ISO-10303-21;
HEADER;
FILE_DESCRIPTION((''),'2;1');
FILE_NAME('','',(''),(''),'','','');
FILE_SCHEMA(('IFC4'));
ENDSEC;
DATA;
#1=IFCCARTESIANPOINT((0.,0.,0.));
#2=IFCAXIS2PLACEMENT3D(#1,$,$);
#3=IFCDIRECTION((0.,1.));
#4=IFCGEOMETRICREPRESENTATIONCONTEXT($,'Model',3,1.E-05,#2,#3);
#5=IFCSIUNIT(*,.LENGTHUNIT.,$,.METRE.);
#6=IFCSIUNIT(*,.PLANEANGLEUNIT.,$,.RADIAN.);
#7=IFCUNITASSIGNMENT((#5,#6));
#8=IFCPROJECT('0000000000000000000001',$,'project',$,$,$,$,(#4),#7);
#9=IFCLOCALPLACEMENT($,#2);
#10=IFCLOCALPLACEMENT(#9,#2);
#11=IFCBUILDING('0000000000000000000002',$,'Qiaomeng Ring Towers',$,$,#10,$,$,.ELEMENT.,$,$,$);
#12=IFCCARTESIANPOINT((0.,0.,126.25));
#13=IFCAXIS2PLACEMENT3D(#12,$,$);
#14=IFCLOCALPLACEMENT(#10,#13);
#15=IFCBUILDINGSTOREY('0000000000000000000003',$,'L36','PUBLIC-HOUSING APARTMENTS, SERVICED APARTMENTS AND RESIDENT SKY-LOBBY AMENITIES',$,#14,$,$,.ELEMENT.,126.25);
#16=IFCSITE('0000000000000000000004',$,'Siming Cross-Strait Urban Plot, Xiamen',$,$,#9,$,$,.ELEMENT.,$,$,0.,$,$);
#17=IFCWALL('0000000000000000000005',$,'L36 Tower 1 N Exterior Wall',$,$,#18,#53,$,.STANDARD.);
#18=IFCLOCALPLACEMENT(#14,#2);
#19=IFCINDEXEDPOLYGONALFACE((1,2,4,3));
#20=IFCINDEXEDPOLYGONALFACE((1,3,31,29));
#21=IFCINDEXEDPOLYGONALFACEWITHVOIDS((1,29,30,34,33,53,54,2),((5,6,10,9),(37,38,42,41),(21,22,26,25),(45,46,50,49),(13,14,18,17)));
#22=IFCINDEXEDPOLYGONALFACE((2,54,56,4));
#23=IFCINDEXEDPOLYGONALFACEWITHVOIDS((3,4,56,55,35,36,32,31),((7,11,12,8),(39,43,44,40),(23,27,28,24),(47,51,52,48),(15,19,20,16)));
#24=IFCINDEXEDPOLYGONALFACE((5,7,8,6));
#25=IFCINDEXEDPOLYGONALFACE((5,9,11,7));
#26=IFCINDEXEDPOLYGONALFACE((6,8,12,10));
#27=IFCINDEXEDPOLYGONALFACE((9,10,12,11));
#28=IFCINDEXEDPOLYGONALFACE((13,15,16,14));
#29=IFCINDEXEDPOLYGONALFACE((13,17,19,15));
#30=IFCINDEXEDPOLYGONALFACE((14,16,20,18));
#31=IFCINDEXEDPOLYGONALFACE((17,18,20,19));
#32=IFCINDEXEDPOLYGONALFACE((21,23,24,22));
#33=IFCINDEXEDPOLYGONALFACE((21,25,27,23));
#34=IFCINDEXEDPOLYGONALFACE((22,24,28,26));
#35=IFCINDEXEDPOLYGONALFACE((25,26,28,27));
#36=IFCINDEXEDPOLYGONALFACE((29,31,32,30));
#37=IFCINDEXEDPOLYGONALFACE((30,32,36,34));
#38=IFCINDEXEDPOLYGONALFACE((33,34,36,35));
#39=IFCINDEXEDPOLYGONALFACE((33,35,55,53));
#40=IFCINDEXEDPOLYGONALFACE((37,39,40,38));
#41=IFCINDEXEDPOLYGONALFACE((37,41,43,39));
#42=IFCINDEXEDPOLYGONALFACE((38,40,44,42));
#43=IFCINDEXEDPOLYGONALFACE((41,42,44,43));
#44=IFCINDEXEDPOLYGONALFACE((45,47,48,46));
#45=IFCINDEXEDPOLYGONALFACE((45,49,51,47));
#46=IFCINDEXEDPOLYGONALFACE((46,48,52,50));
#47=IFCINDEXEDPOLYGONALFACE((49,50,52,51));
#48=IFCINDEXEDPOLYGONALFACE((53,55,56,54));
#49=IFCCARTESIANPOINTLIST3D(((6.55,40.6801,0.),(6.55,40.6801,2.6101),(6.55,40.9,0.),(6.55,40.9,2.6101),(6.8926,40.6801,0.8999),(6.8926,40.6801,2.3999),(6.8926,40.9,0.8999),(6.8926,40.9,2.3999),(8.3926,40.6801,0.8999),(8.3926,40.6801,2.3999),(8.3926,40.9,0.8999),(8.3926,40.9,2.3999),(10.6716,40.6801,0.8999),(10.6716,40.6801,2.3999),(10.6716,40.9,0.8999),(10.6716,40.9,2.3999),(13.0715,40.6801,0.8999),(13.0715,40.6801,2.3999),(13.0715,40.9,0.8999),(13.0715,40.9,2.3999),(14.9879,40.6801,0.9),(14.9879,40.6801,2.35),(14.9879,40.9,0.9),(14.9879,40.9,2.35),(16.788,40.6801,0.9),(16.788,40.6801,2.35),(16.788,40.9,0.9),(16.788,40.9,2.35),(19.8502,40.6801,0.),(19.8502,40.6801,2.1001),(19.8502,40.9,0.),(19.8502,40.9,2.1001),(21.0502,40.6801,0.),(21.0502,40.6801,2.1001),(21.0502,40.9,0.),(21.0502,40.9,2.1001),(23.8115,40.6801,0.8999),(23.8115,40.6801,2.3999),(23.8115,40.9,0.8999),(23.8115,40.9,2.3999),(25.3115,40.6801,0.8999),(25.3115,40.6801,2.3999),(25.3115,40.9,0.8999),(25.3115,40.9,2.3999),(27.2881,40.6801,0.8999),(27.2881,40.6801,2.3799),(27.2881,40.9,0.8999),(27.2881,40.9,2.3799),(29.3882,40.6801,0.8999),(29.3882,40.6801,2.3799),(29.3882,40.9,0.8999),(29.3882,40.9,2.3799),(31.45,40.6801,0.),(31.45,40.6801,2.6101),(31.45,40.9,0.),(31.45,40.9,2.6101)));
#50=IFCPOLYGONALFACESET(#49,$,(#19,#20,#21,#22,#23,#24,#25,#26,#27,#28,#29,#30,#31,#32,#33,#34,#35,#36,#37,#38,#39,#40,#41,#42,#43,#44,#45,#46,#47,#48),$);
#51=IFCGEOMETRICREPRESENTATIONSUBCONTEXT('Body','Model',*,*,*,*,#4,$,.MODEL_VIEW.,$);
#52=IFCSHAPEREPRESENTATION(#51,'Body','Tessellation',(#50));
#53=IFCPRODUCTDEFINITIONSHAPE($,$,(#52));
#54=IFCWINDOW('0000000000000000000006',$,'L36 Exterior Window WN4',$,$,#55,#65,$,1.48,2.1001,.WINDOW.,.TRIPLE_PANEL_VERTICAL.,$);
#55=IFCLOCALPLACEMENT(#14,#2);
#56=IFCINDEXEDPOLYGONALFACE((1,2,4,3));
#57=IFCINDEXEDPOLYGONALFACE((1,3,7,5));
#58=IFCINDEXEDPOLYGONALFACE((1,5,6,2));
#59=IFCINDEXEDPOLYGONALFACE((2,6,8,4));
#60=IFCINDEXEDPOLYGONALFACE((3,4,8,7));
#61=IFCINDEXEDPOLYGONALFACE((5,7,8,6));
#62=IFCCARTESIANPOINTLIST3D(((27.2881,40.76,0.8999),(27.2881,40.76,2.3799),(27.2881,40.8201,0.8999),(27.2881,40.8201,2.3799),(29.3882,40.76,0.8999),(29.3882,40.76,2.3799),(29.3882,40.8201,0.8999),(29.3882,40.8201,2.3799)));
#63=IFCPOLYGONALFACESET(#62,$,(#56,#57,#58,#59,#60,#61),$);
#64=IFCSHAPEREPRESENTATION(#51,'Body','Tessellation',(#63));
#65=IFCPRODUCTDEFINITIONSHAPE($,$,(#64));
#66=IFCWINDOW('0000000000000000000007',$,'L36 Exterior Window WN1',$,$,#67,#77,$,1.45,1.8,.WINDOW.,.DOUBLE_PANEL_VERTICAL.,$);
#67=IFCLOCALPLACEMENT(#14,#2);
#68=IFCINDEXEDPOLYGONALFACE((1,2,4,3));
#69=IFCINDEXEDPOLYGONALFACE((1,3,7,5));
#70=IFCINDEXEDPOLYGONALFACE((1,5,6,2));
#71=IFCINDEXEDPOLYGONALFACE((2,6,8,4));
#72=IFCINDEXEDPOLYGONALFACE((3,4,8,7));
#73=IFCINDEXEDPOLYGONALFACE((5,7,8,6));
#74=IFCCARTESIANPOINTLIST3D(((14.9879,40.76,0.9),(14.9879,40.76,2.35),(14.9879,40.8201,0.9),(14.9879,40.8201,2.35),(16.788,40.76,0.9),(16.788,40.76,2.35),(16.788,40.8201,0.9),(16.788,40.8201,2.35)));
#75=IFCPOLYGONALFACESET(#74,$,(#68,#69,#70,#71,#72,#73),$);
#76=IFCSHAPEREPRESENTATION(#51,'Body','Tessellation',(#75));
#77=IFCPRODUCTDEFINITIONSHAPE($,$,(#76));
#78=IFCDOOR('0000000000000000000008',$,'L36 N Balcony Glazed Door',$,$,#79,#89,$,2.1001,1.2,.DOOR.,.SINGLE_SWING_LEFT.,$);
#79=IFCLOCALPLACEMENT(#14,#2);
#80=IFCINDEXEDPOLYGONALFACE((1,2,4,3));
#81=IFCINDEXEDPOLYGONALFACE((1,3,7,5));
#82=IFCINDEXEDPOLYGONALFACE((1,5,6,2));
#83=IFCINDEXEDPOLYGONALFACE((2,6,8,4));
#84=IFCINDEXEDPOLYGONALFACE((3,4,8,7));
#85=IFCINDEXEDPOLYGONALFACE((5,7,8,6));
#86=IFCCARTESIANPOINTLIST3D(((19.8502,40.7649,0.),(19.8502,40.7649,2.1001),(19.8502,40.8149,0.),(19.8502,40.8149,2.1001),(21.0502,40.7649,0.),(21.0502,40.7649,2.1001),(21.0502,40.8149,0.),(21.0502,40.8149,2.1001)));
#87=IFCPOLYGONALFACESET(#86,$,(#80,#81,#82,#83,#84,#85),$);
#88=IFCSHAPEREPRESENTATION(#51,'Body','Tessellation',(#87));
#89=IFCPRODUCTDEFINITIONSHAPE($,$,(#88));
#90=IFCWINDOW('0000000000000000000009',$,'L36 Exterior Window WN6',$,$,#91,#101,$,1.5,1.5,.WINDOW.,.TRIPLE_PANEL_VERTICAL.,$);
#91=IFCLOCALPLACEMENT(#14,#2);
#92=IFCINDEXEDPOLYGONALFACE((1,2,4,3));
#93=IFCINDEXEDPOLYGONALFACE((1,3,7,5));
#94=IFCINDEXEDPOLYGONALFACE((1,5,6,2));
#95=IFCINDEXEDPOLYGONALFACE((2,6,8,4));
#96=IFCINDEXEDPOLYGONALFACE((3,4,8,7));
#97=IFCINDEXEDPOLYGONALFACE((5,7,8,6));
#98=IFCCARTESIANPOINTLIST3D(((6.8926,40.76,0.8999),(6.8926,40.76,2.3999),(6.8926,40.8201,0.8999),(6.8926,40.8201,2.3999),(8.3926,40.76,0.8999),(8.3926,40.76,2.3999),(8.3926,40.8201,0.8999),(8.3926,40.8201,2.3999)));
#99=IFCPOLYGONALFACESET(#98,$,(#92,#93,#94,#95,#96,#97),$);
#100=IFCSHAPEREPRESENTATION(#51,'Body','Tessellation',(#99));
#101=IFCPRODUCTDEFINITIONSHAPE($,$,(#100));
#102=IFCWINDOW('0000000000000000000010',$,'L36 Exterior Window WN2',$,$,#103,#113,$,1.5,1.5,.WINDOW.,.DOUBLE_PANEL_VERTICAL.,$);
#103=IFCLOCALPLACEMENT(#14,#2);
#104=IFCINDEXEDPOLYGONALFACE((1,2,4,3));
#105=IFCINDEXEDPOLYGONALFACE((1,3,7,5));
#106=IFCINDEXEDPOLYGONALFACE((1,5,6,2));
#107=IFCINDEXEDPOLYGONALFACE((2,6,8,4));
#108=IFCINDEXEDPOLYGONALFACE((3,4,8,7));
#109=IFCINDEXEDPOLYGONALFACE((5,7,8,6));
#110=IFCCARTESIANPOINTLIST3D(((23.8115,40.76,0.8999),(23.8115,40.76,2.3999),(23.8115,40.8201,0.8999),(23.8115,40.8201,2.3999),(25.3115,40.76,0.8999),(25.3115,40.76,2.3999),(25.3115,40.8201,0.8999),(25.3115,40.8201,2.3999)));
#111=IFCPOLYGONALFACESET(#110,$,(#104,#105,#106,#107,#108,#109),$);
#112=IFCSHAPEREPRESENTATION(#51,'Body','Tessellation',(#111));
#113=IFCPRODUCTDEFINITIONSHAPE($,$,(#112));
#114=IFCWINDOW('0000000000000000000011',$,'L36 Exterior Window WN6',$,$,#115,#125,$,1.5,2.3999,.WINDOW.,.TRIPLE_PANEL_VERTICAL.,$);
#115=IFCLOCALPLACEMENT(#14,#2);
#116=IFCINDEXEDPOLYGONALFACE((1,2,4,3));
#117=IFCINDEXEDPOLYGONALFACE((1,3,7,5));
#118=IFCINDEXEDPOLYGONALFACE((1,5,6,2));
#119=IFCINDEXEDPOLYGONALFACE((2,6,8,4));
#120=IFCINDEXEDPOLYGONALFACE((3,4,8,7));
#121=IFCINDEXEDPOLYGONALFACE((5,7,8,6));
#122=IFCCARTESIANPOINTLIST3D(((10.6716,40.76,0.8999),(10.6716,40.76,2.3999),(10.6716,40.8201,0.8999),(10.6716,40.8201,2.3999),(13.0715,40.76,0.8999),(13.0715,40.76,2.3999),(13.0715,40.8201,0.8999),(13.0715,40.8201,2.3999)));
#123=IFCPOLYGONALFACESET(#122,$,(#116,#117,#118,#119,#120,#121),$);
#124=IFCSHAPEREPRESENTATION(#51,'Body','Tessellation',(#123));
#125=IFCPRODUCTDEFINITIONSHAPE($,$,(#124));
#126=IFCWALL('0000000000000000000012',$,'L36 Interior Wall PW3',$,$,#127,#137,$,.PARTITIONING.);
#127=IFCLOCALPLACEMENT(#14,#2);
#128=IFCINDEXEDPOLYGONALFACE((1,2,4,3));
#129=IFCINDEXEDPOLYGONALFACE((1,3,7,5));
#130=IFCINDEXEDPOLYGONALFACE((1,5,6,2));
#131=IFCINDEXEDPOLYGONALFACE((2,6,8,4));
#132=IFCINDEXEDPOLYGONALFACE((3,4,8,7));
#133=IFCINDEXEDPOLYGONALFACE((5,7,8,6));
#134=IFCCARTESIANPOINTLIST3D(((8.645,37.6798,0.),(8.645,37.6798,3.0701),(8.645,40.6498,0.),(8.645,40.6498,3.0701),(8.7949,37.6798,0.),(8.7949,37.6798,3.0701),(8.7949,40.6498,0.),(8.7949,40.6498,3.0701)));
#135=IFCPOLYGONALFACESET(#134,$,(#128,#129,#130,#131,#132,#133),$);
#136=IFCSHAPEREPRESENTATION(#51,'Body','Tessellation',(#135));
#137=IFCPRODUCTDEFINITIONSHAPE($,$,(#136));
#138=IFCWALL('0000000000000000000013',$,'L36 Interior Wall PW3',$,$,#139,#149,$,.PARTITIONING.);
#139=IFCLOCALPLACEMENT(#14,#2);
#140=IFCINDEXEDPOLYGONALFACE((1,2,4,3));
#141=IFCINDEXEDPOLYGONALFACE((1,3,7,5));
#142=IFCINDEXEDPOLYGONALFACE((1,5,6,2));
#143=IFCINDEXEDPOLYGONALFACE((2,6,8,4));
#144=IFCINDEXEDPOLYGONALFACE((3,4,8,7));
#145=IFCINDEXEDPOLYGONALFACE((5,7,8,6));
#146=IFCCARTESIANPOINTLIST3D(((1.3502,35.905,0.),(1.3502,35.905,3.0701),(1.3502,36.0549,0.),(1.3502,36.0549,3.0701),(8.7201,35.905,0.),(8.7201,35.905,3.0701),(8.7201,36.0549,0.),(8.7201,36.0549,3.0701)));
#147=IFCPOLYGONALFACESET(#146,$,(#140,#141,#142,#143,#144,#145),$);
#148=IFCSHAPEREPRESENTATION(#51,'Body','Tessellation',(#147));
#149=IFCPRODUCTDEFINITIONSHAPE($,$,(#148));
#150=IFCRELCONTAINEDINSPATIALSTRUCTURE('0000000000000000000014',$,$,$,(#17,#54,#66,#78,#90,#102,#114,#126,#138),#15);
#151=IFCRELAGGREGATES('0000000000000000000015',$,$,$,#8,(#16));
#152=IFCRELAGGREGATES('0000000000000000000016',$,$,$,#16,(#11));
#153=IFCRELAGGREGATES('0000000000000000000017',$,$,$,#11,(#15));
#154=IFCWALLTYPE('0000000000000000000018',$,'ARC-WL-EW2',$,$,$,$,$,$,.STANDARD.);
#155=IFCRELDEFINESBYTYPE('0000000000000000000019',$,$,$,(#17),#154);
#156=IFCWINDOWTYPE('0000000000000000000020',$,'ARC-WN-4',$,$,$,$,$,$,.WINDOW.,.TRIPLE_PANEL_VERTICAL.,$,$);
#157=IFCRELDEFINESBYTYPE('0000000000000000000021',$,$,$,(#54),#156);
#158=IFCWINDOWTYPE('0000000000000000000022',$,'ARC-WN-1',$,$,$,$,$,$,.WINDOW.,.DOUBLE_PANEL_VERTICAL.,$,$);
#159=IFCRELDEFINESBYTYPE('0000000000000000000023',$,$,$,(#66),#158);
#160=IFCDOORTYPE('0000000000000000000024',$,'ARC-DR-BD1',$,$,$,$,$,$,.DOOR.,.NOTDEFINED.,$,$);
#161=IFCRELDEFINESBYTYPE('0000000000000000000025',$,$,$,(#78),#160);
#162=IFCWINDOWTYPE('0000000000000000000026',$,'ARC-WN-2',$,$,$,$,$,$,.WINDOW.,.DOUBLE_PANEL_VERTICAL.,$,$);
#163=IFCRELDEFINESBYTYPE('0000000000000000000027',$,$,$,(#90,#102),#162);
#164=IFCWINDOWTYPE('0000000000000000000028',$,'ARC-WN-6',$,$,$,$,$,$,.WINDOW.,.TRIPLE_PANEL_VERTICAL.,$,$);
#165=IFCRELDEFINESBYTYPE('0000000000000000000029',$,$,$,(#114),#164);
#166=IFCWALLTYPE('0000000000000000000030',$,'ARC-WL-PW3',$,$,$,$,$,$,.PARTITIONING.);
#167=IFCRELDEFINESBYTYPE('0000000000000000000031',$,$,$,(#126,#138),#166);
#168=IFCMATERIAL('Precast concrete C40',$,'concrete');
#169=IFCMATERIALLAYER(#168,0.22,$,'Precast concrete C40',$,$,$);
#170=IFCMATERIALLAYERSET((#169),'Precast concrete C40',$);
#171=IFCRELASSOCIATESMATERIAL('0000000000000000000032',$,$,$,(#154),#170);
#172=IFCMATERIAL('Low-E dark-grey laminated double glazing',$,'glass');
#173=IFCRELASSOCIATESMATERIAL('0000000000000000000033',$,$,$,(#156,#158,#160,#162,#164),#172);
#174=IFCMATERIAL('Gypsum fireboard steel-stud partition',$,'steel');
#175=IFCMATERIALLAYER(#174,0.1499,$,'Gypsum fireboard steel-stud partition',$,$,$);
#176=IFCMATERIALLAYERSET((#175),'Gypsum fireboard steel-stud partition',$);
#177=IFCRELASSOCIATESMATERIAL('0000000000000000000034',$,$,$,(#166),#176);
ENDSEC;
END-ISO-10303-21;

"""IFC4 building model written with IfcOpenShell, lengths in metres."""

from ifc_helpers import new_model, si_unit, direction, frame, frame_2d, origin, place, context, subcontext, project, spatial, rectangle, extrude, source, transform, mapped, material, layer, layer_set, type_object, element, fill, save


model = new_model("IFC4")

# Units and contexts
model_context = context("Model", 3, precision=1e-05, world=origin(), true_north=direction((0.0, 1.0)))
body_context = subcontext(model_context, "Body", "Model", "MODEL_VIEW")
ifc_project = project(units=[si_unit("LENGTHUNIT", "METRE"), si_unit("PLANEANGLEUNIT", "RADIAN")], contexts=[model_context])

# Site, building, storey
site_placement = place(None, origin())
site = spatial("IfcSite", under=ifc_project, at=site_placement, Name="Siming Cross-Strait Urban Plot, Xiamen", CompositionType="ELEMENT", RefElevation=0.0)
building_placement = place(site_placement, origin())
building = spatial("IfcBuilding", under=site, at=building_placement, Name="Qiaomeng Ring Towers", CompositionType="ELEMENT")
storey_placement = place(building_placement, frame((0.0, 0.0, 126.25)))
storey = spatial("IfcBuildingStorey", under=building, at=storey_placement, Name="L36", Description="PUBLIC-HOUSING APARTMENTS, SERVICED APARTMENTS AND RESIDENT SKY-LOBBY AMENITIES", CompositionType="ELEMENT", Elevation=126.25)

# Shared definitions
ifc_material_1 = material(Name="Low-E dark-grey laminated double glazing", Category="glass")

# Wall, openings, windows, door
ifc_material_2 = material(Name="Precast concrete C40", Category="concrete")
ifc_layer_1 = layer(ifc_material_2, 0.22, Name="Precast concrete C40")
ifc_layer_set_1 = layer_set([ifc_layer_1], Name="Precast concrete C40")
wall_type_1 = type_object("IfcWallType", Name="ARC-WL-EW2", PredefinedType="STANDARD", material=ifc_layer_set_1)
wall_1_placement = place(storey_placement, frame((6.55, 40.79, 0.0), z_axis=(0.0, 0.0, 1.0), x_axis=(1.0, 0.0, 0.0)))
wall_1 = element("IfcWall", 1, at=wall_1_placement, inside=storey, type_object=wall_type_1, Name="L36 Tower 1 N Exterior Wall", PredefinedType="STANDARD", context=body_context, shape_type="SweptSolid", body=[
    extrude(rectangle(XDim=24.8999, YDim=0.22, at=frame_2d((12.45, 0.0))), origin(), (0.0, 0.0, 1.0), 2.6101),
])
opening_1_placement = place(wall_1_placement, frame((13.3, 0.0, 0.0)))
opening_1 = element("IfcOpeningElement", 2, at=opening_1_placement, cuts=wall_1, PredefinedType="OPENING", context=body_context, shape_type="SweptSolid", body=[
    extrude(rectangle(XDim=1.2, YDim=2.1001, at=frame_2d((0.6001, 1.05))), frame((0.0, 0.1199, 0.0), z_axis=(0.0, -1.0, 0.0), x_axis=(1.0, 0.0, 0.0)), (0.0, 0.0, 1.0), 0.24),
])
opening_2_placement = place(wall_1_placement, frame((0.3425, 0.0, 0.8999)))
opening_2 = element("IfcOpeningElement", 3, at=opening_2_placement, cuts=wall_1, PredefinedType="OPENING", context=body_context, shape_type="SweptSolid", body=[
    extrude(rectangle(XDim=1.5, YDim=1.5, at=frame_2d((0.75, 0.75))), frame((0.0, 0.1199, 0.0), z_axis=(0.0, -1.0, 0.0), x_axis=(1.0, 0.0, 0.0)), (0.0, 0.0, 1.0), 0.24),
])
opening_3_placement = place(wall_1_placement, frame((8.438, 0.0, 0.8999)))
opening_3 = element("IfcOpeningElement", 4, at=opening_3_placement, cuts=wall_1, PredefinedType="OPENING", context=body_context, shape_type="SweptSolid", body=[
    extrude(rectangle(XDim=1.8, YDim=1.45, at=frame_2d((0.8999, 0.7251))), frame((0.0, 0.1199, 0.0), z_axis=(0.0, -1.0, 0.0), x_axis=(1.0, 0.0, 0.0)), (0.0, 0.0, 1.0), 0.24),
])
opening_4_placement = place(wall_1_placement, frame((17.2615, 0.0, 0.8999)))
opening_4 = element("IfcOpeningElement", 5, at=opening_4_placement, cuts=wall_1, PredefinedType="OPENING", context=body_context, shape_type="SweptSolid", body=[
    extrude(rectangle(XDim=1.5, YDim=1.5, at=frame_2d((0.75, 0.75))), frame((0.0, 0.1199, 0.0), z_axis=(0.0, -1.0, 0.0), x_axis=(1.0, 0.0, 0.0)), (0.0, 0.0, 1.0), 0.24),
])
opening_5_placement = place(wall_1_placement, frame((20.738, 0.0, 0.8999)))
opening_5 = element("IfcOpeningElement", 6, at=opening_5_placement, cuts=wall_1, PredefinedType="OPENING", context=body_context, shape_type="SweptSolid", body=[
    extrude(rectangle(XDim=2.1001, YDim=1.48, at=frame_2d((1.05, 0.74))), frame((0.0, 0.1199, 0.0), z_axis=(0.0, -1.0, 0.0), x_axis=(1.0, 0.0, 0.0)), (0.0, 0.0, 1.0), 0.24),
])
opening_6_placement = place(wall_1_placement, frame((4.1216, 0.0, 0.8999)))
opening_6 = element("IfcOpeningElement", 7, at=opening_6_placement, cuts=wall_1, PredefinedType="OPENING", context=body_context, shape_type="SweptSolid", body=[
    extrude(rectangle(XDim=2.3999, YDim=1.5, at=frame_2d((1.2, 0.75))), frame((0.0, 0.1199, 0.0), z_axis=(0.0, -1.0, 0.0), x_axis=(1.0, 0.0, 0.0)), (0.0, 0.0, 1.0), 0.24),
])
window_type_1 = type_object("IfcWindowType", Name="ARC-WN-4", PartitioningType="TRIPLE_PANEL_VERTICAL", PredefinedType="WINDOW", material=ifc_material_1)
shared_shape_1 = source(origin(), body_context, "Body", "SweptSolid", [
    extrude(rectangle(XDim=2.1001, YDim=1.48, at=frame_2d((1.05, 0.74))), frame((0.0, 0.03, 0.0), z_axis=(0.0, -1.0, 0.0), x_axis=(1.0, 0.0, 0.0)), (0.0, 0.0, 1.0), 0.0601),
])
window_1_placement = place(opening_5_placement, origin())
window_1 = element("IfcWindow", 8, at=window_1_placement, inside=storey, type_object=window_type_1, Name="L36 Exterior Window WN4", OverallHeight=1.48, OverallWidth=2.1001, PartitioningType="TRIPLE_PANEL_VERTICAL", PredefinedType="WINDOW", context=body_context, shape_type="MappedRepresentation", body=[
    mapped(shared_shape_1, transform((0.0, 0.0, 0.0), x_axis=(1.0, 0.0, 0.0), y_axis=(0.0, 1.0, 0.0), z_axis=(0.0, 0.0, 1.0), scale=1.0)),
])
fill(opening_5, window_1)
window_type_2 = type_object("IfcWindowType", Name="ARC-WN-1", PartitioningType="DOUBLE_PANEL_VERTICAL", PredefinedType="WINDOW", material=ifc_material_1)
shared_shape_2 = source(origin(), body_context, "Body", "SweptSolid", [
    extrude(rectangle(XDim=1.8, YDim=1.45, at=frame_2d((0.8999, 0.7251))), frame((0.0, 0.03, 0.0), z_axis=(0.0, -1.0, 0.0), x_axis=(1.0, 0.0, 0.0)), (0.0, 0.0, 1.0), 0.0601),
])
window_2_placement = place(opening_3_placement, origin())
window_2 = element("IfcWindow", 9, at=window_2_placement, inside=storey, type_object=window_type_2, Name="L36 Exterior Window WN1", OverallHeight=1.45, OverallWidth=1.8, PartitioningType="DOUBLE_PANEL_VERTICAL", PredefinedType="WINDOW", context=body_context, shape_type="MappedRepresentation", body=[
    mapped(shared_shape_2, transform((0.0, 0.0, 0.0), x_axis=(1.0, 0.0, 0.0), y_axis=(0.0, 1.0, 0.0), z_axis=(0.0, 0.0, 1.0), scale=1.0)),
])
fill(opening_3, window_2)
door_type_1 = type_object("IfcDoorType", Name="ARC-DR-BD1", OperationType="NOTDEFINED", PredefinedType="DOOR", material=ifc_material_1)
shared_shape_3 = source(origin(), body_context, "Body", "SweptSolid", [
    extrude(rectangle(XDim=1.2, YDim=2.1001, at=frame_2d((0.6001, 1.05))), frame((0.0, 0.0249, 0.0), z_axis=(0.0, -1.0, 0.0), x_axis=(1.0, 0.0, 0.0)), (0.0, 0.0, 1.0), 0.05),
])
door_1_placement = place(opening_1_placement, origin())
door_1 = element("IfcDoor", 10, at=door_1_placement, inside=storey, type_object=door_type_1, Name="L36 N Balcony Glazed Door", OperationType="SINGLE_SWING_LEFT", OverallHeight=2.1001, OverallWidth=1.2, PredefinedType="DOOR", context=body_context, shape_type="MappedRepresentation", body=[
    mapped(shared_shape_3, transform((0.0, 0.0, 0.0), x_axis=(1.0, 0.0, 0.0), y_axis=(0.0, 1.0, 0.0), z_axis=(0.0, 0.0, 1.0), scale=1.0)),
])
fill(opening_1, door_1)
window_type_3 = type_object("IfcWindowType", Name="ARC-WN-2", PartitioningType="DOUBLE_PANEL_VERTICAL", PredefinedType="WINDOW", material=ifc_material_1)
shared_shape_4 = source(origin(), body_context, "Body", "SweptSolid", [
    extrude(rectangle(XDim=1.5, YDim=1.5, at=frame_2d((0.75, 0.75))), frame((0.0, 0.03, 0.0), z_axis=(0.0, -1.0, 0.0), x_axis=(1.0, 0.0, 0.0)), (0.0, 0.0, 1.0), 0.0601),
])
window_3_placement = place(opening_2_placement, origin())
window_3 = element("IfcWindow", 11, at=window_3_placement, inside=storey, type_object=window_type_3, Name="L36 Exterior Window WN6", OverallHeight=1.5, OverallWidth=1.5, PartitioningType="TRIPLE_PANEL_VERTICAL", PredefinedType="WINDOW", context=body_context, shape_type="MappedRepresentation", body=[
    mapped(shared_shape_4, transform((0.0, 0.0, 0.0), x_axis=(1.0, 0.0, 0.0), y_axis=(0.0, 1.0, 0.0), z_axis=(0.0, 0.0, 1.0), scale=1.0)),
])
fill(opening_2, window_3)
window_4_placement = place(opening_4_placement, origin())
window_4 = element("IfcWindow", 12, at=window_4_placement, inside=storey, type_object=window_type_3, Name="L36 Exterior Window WN2", OverallHeight=1.5, OverallWidth=1.5, PartitioningType="DOUBLE_PANEL_VERTICAL", PredefinedType="WINDOW", context=body_context, shape_type="MappedRepresentation", body=[
    mapped(shared_shape_4, transform((0.0, 0.0, 0.0), x_axis=(1.0, 0.0, 0.0), y_axis=(0.0, 1.0, 0.0), z_axis=(0.0, 0.0, 1.0), scale=1.0)),
])
fill(opening_4, window_4)
window_type_4 = type_object("IfcWindowType", Name="ARC-WN-6", PartitioningType="TRIPLE_PANEL_VERTICAL", PredefinedType="WINDOW", material=ifc_material_1)
shared_shape_5 = source(origin(), body_context, "Body", "SweptSolid", [
    extrude(rectangle(XDim=2.3999, YDim=1.5, at=frame_2d((1.2, 0.75))), frame((0.0, 0.03, 0.0), z_axis=(0.0, -1.0, 0.0), x_axis=(1.0, 0.0, 0.0)), (0.0, 0.0, 1.0), 0.0601),
])
window_5_placement = place(opening_6_placement, origin())
window_5 = element("IfcWindow", 13, at=window_5_placement, inside=storey, type_object=window_type_4, Name="L36 Exterior Window WN6", OverallHeight=1.5, OverallWidth=2.3999, PartitioningType="TRIPLE_PANEL_VERTICAL", PredefinedType="WINDOW", context=body_context, shape_type="MappedRepresentation", body=[
    mapped(shared_shape_5, transform((0.0, 0.0, 0.0), x_axis=(1.0, 0.0, 0.0), y_axis=(0.0, 1.0, 0.0), z_axis=(0.0, 0.0, 1.0), scale=1.0)),
])
fill(opening_6, window_5)

# Walls
ifc_material_3 = material(Name="Gypsum fireboard steel-stud partition", Category="steel")
ifc_layer_2 = layer(ifc_material_3, 0.1499, Name="Gypsum fireboard steel-stud partition")
ifc_layer_set_2 = layer_set([ifc_layer_2], Name="Gypsum fireboard steel-stud partition")
wall_type_2 = type_object("IfcWallType", Name="ARC-WL-PW3", PredefinedType="PARTITIONING", material=ifc_layer_set_2)
wall_2_placement = place(storey_placement, frame((8.72, 37.6799, 0.0), z_axis=(0.0, 0.0, 1.0), x_axis=(0.0, 1.0, 0.0)))
element("IfcWall", 14, at=wall_2_placement, inside=storey, type_object=wall_type_2, Name="L36 Interior Wall PW3", PredefinedType="PARTITIONING", context=body_context, shape_type="SweptSolid", body=[
    extrude(rectangle(XDim=2.97, YDim=0.1499, at=frame_2d((1.4849, 0.0))), origin(), (0.0, 0.0, 1.0), 3.0701),
])
wall_3_placement = place(storey_placement, frame((1.3501, 35.98, 0.0), z_axis=(0.0, 0.0, 1.0), x_axis=(1.0, 0.0, 0.0)))
element("IfcWall", 15, at=wall_3_placement, inside=storey, type_object=wall_type_2, Name="L36 Interior Wall PW3", PredefinedType="PARTITIONING", context=body_context, shape_type="SweptSolid", body=[
    extrude(rectangle(XDim=7.3699, YDim=0.1499, at=frame_2d((3.6851, 0.0))), origin(), (0.0, 0.0, 1.0), 3.0701),
])

save(model, "model.ifc")
